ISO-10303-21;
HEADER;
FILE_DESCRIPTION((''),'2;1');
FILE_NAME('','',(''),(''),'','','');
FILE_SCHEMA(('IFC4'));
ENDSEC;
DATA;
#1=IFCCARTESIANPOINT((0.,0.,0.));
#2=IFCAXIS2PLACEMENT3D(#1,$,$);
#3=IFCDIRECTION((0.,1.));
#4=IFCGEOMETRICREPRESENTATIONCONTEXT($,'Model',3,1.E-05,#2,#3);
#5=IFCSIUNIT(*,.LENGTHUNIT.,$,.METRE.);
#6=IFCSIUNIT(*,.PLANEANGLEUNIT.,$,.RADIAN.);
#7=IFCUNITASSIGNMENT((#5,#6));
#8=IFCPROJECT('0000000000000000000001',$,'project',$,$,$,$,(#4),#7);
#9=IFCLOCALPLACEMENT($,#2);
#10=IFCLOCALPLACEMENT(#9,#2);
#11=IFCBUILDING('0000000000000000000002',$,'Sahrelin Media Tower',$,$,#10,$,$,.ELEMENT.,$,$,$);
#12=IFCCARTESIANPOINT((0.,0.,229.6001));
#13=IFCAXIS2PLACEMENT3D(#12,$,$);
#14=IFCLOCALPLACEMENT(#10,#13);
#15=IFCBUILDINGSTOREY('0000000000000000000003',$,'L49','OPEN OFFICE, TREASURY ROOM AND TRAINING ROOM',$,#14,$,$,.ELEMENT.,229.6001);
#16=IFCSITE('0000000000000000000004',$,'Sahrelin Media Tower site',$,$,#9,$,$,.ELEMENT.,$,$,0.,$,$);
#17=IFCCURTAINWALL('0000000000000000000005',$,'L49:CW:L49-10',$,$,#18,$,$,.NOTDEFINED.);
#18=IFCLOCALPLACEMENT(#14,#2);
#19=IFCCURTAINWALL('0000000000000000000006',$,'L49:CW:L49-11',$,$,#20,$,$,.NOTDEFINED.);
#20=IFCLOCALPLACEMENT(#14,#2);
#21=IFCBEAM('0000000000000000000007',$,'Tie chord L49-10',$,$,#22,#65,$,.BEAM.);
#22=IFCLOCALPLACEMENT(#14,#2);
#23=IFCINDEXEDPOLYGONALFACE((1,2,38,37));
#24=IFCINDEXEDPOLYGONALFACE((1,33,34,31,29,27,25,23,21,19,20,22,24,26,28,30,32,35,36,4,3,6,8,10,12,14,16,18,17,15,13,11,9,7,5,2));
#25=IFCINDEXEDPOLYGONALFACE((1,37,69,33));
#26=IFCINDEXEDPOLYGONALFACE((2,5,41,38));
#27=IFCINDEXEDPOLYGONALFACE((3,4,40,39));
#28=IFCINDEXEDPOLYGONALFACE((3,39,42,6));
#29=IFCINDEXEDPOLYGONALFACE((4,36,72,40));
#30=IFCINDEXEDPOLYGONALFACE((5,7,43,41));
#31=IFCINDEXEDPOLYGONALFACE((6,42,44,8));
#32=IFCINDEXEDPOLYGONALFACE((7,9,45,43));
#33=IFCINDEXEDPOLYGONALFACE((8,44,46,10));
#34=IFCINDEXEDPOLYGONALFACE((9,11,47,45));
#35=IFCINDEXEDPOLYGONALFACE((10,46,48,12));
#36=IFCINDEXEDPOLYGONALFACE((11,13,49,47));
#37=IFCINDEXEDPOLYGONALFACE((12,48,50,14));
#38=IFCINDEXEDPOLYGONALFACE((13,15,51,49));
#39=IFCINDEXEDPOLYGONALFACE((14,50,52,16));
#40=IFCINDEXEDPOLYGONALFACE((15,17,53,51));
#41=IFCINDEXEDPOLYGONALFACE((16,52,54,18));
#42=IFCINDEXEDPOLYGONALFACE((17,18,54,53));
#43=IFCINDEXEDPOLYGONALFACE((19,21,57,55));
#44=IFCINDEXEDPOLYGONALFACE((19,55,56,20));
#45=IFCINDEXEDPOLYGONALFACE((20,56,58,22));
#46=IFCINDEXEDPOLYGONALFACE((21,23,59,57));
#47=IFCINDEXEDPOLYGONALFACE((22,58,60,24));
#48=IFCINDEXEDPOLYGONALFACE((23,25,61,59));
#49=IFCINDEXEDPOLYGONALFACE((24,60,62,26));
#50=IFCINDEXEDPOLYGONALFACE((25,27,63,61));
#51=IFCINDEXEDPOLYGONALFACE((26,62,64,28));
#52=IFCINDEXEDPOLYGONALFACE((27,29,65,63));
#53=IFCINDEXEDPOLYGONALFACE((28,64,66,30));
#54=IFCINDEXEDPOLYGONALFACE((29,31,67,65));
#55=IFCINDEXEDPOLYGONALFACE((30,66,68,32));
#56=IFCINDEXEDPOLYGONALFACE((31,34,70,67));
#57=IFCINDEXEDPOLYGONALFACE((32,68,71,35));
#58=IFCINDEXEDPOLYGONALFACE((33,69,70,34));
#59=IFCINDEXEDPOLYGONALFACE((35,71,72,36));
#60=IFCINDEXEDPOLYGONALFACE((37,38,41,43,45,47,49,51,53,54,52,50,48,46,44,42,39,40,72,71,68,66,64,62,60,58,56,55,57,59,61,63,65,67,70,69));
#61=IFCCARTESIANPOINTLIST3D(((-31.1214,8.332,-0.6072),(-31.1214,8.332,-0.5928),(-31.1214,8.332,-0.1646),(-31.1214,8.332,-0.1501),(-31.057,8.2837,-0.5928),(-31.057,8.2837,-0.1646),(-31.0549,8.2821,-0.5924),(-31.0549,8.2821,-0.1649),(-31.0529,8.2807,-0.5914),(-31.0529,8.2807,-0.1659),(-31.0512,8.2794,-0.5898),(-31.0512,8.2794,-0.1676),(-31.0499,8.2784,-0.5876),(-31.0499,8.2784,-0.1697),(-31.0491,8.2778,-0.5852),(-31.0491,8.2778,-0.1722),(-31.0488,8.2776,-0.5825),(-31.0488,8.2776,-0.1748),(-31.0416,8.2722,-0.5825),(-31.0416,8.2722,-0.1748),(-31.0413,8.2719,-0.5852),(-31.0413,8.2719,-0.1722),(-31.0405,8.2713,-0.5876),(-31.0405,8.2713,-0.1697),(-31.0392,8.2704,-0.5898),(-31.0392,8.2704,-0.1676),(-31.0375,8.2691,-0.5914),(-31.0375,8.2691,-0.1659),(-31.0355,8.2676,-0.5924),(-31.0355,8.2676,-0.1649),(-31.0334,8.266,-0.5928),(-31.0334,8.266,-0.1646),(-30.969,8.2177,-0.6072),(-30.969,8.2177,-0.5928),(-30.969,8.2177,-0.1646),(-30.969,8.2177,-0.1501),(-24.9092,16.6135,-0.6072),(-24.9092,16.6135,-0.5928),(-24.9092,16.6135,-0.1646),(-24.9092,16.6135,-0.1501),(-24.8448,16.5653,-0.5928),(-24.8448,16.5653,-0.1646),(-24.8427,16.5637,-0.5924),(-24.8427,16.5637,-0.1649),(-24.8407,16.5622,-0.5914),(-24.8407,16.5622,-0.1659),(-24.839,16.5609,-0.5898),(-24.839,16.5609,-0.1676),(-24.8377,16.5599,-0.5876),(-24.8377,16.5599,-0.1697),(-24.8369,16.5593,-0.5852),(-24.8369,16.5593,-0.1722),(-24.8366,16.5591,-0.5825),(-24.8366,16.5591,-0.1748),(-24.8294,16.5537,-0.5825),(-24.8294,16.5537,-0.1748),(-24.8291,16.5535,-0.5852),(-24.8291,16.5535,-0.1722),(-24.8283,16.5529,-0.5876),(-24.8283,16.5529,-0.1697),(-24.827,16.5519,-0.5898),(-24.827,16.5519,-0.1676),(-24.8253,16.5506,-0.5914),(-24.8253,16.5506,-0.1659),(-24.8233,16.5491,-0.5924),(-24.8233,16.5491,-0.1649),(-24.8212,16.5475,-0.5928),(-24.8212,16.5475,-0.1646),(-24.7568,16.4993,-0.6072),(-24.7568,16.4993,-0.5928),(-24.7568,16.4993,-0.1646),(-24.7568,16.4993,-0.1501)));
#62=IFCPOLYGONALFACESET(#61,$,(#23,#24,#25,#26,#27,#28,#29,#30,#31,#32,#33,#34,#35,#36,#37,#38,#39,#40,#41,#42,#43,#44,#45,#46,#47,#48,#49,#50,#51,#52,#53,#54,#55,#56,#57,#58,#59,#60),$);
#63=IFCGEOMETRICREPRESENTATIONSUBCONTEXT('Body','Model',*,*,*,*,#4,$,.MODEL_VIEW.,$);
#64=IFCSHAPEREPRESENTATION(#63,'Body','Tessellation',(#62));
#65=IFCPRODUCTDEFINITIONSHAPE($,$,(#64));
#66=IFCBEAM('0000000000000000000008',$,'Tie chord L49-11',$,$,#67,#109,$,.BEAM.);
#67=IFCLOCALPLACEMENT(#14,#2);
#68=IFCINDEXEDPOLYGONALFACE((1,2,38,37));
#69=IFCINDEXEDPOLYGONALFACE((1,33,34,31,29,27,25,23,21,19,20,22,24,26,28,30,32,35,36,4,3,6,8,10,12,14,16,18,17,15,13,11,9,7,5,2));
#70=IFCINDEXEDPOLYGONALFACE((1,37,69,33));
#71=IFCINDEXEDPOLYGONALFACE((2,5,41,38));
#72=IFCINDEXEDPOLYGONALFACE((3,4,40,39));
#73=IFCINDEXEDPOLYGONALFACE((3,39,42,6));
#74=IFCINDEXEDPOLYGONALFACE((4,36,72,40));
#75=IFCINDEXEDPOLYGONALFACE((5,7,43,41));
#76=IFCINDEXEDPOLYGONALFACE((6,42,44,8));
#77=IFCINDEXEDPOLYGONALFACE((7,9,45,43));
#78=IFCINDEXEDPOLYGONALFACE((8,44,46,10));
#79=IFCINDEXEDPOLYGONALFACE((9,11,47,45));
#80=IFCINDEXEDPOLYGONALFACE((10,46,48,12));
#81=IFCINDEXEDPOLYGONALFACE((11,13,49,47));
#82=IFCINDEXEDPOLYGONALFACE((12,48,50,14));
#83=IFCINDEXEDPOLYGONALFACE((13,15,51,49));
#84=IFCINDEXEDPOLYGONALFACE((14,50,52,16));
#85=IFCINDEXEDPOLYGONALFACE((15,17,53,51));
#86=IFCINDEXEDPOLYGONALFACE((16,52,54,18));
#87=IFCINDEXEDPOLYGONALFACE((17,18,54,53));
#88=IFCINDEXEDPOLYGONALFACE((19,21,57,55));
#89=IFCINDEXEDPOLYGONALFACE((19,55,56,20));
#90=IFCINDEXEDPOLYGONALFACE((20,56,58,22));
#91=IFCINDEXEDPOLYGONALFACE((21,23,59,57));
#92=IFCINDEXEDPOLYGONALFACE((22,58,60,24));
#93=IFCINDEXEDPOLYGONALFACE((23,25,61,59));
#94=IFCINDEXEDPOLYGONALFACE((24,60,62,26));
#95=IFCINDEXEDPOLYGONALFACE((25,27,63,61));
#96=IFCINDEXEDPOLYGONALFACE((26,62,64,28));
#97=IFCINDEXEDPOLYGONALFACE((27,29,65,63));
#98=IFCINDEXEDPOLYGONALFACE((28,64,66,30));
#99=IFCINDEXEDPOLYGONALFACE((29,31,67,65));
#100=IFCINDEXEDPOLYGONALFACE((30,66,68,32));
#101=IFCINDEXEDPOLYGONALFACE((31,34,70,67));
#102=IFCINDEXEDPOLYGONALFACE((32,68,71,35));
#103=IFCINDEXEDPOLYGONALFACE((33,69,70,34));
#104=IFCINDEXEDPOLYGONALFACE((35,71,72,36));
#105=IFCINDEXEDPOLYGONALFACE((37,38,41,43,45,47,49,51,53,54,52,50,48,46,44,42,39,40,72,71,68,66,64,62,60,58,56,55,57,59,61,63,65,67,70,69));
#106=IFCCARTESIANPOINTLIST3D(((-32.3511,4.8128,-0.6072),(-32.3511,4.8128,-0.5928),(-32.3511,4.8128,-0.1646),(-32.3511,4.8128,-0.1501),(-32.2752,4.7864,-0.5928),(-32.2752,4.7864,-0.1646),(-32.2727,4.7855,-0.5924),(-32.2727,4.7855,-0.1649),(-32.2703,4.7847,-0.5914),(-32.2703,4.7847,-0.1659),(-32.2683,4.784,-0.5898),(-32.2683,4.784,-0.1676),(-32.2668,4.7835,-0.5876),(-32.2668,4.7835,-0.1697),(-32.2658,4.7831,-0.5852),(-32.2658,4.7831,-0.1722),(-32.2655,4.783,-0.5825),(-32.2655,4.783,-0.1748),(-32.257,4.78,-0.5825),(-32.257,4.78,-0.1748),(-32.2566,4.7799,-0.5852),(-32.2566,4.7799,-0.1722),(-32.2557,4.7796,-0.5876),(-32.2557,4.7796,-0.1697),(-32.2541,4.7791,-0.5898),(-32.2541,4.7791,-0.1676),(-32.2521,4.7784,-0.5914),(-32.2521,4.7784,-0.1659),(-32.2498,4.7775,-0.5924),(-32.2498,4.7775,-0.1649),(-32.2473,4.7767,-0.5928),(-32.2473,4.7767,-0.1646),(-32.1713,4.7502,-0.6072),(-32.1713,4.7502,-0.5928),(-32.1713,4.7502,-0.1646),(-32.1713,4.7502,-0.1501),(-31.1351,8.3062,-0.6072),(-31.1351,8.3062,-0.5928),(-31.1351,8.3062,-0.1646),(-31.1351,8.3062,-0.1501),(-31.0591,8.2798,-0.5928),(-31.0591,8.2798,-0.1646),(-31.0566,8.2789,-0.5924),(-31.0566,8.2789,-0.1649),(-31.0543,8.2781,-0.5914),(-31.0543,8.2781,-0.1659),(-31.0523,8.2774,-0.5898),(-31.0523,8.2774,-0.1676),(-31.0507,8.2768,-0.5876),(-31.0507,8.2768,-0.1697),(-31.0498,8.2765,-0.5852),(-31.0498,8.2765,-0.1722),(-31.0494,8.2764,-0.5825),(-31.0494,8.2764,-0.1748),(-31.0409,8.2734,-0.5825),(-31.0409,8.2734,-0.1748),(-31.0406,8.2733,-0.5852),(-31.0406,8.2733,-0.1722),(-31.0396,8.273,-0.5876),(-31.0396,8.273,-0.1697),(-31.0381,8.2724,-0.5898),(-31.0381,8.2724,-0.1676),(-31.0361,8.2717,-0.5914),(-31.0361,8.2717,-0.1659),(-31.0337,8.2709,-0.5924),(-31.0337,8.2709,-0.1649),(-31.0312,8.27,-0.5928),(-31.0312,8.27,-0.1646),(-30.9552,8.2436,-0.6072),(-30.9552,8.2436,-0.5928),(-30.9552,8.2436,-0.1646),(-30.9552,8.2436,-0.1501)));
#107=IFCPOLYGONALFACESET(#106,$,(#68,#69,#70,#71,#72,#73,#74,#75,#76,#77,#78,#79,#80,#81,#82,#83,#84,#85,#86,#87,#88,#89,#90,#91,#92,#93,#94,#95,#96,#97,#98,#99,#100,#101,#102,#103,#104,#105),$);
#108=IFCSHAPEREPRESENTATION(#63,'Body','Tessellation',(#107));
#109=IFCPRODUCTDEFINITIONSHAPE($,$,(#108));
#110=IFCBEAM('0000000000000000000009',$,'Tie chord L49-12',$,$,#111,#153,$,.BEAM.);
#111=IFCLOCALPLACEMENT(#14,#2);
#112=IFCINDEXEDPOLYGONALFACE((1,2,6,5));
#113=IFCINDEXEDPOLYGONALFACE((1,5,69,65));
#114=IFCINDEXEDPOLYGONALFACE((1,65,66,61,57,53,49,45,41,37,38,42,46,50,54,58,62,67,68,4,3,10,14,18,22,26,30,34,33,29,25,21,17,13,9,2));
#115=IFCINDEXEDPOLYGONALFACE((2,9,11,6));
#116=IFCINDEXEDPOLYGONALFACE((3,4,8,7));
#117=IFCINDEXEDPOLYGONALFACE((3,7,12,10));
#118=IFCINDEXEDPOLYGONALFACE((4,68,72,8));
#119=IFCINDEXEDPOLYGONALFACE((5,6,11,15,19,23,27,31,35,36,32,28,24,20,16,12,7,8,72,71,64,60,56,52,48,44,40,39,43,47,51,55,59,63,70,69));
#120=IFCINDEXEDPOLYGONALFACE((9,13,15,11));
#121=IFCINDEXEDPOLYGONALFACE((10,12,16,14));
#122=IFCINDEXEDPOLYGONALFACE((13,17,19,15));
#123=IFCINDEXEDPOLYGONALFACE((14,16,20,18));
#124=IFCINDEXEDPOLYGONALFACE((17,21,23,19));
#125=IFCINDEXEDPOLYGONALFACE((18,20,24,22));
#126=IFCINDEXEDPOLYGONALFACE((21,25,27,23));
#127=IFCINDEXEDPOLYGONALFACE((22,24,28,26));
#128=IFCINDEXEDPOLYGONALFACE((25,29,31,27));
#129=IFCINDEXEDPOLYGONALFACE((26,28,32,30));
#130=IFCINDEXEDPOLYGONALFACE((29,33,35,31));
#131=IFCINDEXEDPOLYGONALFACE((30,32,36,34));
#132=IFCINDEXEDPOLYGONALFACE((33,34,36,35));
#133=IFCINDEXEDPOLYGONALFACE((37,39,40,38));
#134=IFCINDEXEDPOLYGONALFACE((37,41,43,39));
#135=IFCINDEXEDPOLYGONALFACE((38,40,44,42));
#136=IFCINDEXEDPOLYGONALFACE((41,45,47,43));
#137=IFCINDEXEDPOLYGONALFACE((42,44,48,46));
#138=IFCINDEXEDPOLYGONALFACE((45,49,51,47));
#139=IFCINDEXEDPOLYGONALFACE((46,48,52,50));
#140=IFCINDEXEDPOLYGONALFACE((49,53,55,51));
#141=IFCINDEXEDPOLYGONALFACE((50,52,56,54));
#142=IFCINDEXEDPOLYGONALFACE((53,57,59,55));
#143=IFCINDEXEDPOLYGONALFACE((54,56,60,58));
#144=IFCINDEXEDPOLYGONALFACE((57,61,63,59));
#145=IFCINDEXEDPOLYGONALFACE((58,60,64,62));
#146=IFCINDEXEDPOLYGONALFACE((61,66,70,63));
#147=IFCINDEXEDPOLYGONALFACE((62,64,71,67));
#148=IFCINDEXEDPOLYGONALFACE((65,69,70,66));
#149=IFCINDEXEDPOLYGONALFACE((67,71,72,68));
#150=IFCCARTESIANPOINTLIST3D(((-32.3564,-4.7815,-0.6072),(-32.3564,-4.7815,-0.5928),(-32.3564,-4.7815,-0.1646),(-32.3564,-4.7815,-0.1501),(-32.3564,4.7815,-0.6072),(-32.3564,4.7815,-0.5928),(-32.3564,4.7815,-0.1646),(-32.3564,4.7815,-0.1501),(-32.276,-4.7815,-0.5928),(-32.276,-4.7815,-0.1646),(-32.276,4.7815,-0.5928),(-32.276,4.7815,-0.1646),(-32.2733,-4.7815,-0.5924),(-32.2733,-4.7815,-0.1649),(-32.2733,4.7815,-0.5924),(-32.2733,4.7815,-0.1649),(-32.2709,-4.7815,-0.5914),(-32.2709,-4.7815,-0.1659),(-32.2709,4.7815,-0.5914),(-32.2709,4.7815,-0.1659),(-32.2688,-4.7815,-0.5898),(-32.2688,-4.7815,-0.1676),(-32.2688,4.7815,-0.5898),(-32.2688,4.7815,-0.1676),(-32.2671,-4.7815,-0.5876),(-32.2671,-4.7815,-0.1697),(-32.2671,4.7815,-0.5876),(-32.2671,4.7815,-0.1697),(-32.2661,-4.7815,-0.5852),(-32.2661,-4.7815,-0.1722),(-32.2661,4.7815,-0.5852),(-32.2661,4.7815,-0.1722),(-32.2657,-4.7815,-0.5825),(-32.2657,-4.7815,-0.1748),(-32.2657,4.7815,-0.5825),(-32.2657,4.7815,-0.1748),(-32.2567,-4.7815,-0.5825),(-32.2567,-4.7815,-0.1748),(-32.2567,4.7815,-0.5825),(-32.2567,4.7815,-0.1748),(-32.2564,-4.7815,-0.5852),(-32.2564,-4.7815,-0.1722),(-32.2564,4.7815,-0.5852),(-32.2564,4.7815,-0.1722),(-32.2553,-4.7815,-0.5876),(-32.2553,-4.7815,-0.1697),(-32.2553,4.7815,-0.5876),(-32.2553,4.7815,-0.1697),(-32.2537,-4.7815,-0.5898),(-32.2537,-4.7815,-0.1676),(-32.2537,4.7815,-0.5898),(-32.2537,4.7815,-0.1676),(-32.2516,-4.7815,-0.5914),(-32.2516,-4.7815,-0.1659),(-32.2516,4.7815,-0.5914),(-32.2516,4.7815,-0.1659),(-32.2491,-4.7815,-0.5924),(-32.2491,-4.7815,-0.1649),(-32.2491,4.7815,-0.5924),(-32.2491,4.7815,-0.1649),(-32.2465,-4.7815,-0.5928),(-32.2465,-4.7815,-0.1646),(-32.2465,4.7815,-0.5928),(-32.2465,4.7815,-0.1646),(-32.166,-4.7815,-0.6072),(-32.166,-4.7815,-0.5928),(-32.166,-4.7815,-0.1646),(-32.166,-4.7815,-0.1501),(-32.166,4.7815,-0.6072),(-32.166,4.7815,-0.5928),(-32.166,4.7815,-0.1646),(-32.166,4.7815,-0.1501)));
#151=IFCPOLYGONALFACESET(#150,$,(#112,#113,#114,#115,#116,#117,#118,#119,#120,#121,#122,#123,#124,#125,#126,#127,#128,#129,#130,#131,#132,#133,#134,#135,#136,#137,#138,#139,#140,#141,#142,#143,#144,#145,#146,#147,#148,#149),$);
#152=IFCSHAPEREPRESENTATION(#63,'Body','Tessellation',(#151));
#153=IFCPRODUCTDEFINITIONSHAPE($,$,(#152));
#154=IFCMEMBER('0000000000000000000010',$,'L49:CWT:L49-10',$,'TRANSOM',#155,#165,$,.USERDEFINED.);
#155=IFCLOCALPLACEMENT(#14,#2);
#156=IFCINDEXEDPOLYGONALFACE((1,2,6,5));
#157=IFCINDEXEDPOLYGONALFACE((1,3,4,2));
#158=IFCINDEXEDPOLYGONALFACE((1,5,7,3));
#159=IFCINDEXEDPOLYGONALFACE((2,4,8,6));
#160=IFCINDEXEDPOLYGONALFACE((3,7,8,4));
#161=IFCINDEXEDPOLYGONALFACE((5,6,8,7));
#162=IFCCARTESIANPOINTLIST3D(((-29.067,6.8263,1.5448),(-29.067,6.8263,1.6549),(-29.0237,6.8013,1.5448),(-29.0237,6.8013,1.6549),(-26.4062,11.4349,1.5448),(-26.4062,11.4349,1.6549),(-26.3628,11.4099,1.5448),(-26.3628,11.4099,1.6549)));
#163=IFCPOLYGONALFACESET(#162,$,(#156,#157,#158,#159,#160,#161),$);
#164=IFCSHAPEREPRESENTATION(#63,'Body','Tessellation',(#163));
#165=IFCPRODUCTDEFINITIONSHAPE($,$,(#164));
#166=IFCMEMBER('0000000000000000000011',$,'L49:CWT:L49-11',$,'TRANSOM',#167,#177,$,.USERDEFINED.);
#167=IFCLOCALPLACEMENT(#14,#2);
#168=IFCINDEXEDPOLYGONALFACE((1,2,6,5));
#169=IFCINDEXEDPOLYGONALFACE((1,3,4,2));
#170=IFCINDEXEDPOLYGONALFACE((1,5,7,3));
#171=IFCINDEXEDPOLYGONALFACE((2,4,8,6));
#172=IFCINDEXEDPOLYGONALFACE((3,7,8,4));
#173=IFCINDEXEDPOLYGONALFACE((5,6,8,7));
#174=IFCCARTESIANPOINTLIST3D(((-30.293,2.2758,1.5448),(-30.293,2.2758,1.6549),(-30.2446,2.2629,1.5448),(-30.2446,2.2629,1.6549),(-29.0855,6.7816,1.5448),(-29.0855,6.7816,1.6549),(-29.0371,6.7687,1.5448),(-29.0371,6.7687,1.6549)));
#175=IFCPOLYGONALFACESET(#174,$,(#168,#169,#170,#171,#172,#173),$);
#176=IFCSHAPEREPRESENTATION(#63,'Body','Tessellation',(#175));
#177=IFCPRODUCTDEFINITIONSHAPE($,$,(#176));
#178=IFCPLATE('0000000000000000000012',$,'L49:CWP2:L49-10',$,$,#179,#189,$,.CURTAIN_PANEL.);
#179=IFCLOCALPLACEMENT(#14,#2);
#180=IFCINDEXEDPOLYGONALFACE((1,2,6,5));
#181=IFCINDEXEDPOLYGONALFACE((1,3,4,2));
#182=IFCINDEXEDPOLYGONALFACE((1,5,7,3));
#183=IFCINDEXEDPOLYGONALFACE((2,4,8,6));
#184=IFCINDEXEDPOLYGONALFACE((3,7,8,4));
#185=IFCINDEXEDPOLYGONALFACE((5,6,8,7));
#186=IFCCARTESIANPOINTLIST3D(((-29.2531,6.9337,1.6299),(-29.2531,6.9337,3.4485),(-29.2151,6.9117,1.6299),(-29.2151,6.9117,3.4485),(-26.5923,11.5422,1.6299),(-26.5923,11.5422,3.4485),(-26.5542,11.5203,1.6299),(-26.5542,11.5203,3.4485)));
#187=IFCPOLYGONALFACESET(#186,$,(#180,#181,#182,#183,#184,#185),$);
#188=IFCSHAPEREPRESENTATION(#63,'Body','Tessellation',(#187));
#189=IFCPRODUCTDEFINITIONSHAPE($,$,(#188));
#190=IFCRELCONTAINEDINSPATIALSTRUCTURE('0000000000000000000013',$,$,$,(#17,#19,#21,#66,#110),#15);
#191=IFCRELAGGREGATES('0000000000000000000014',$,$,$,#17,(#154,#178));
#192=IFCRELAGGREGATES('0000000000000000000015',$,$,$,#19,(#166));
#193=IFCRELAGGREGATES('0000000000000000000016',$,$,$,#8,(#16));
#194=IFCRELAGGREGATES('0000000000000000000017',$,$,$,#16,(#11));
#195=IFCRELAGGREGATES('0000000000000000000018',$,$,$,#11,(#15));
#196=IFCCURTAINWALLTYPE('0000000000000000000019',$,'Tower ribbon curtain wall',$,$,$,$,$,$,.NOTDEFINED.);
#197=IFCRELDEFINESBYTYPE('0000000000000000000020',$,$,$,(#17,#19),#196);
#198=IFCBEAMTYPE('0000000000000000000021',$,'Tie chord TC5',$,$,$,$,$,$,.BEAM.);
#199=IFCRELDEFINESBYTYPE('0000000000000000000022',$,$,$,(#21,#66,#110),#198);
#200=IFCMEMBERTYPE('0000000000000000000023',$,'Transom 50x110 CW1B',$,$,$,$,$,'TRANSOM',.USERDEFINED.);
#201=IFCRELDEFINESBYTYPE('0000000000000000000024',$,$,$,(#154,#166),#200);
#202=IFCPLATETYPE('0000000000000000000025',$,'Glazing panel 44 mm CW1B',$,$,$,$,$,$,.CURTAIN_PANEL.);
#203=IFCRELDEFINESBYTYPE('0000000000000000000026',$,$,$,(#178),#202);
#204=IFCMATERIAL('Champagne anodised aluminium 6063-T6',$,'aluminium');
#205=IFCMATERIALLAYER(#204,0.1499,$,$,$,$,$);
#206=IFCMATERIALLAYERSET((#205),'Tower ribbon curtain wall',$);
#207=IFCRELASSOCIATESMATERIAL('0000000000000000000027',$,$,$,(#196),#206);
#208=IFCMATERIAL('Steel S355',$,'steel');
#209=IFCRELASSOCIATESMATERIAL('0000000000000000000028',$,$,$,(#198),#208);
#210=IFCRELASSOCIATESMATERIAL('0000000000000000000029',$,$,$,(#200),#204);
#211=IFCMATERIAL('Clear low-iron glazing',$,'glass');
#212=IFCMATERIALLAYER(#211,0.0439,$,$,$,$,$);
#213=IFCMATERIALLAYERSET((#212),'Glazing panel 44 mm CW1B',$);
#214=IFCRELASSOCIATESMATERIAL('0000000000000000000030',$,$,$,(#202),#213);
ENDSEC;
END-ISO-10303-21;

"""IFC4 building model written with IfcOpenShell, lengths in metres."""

from ifc_helpers import new_model, si_unit, direction, frame, origin, origin_2d, place, context, subcontext, project, spatial, polyline, rectangle, i_section, outline, extrude, material, layer, layer_set, material_profile, profile_set, type_object, element, aggregate, save


model = new_model("IFC4")

# Units and contexts
model_context = context("Model", 3, precision=1e-05, world=origin(), true_north=direction((0.0, 1.0)))
body_context = subcontext(model_context, "Body", "Model", "MODEL_VIEW")
ifc_project = project(units=[si_unit("LENGTHUNIT", "METRE"), si_unit("PLANEANGLEUNIT", "RADIAN")], contexts=[model_context])

# Site, building, storey
site_placement = place(None, origin())
site = spatial("IfcSite", under=ifc_project, at=site_placement, Name="Sahrelin Media Tower site", CompositionType="ELEMENT", RefElevation=0.0)
building_placement = place(site_placement, origin())
building = spatial("IfcBuilding", under=site, at=building_placement, Name="Sahrelin Media Tower", CompositionType="ELEMENT")
storey_placement = place(building_placement, frame((0.0, 0.0, 229.6001)))
storey = spatial("IfcBuildingStorey", under=building, at=storey_placement, Name="L49", Description="OPEN OFFICE, TREASURY ROOM AND TRAINING ROOM", CompositionType="ELEMENT", Elevation=229.6001)

# Shared definitions
ifc_material_1 = material(Name="Steel S355", Category="steel")

# Curtain walls
ifc_material_2 = material(Name="Champagne anodised aluminium 6063-T6", Category="aluminium")
ifc_layer_1 = layer(ifc_material_2, 0.1499)
ifc_layer_set_1 = layer_set([ifc_layer_1], Name="Tower ribbon curtain wall")
curtain_wall_type = type_object("IfcCurtainWallType", Name="Tower ribbon curtain wall", PredefinedType="NOTDEFINED", material=ifc_layer_set_1)
curtain_wall_1_placement = place(storey_placement, frame((-27.9055, 9.2278, 0.0), z_axis=(0.0, 0.0, 1.0), x_axis=(1.0, 0.0, 0.0)))
curtain_wall_1 = element("IfcCurtainWall", 1, at=curtain_wall_1_placement, inside=storey, type_object=curtain_wall_type, Name="L49:CW:L49-10", PredefinedType="NOTDEFINED")
curtain_wall_2_placement = place(storey_placement, frame((-29.8774, 4.5791, 0.0), z_axis=(0.0, 0.0, 1.0), x_axis=(1.0, 0.0, 0.0)))
curtain_wall_2 = element("IfcCurtainWall", 2, at=curtain_wall_2_placement, inside=storey, type_object=curtain_wall_type, Name="L49:CW:L49-11", PredefinedType="NOTDEFINED")

# Beams
ifc_material_profile_1 = material_profile(ifc_material_1, i_section(OverallWidth=0.1904, OverallDepth=0.457, WebThickness=0.009, FlangeThickness=0.0144, FilletRadius=0.0103, at=origin_2d()), Name="UB 457x191x74")
ifc_profile_set_1 = profile_set([ifc_material_profile_1], Name="Steel S355")
beam_type_1 = type_object("IfcBeamType", Name="Tie chord TC5", PredefinedType="BEAM", material=ifc_profile_set_1)
beam_1_placement = place(storey_placement, frame((-24.833, 16.5564, -0.3787), z_axis=(-0.600064, -0.799952, 0.0), x_axis=(0.799952, -0.600064, 0.0)))
element("IfcBeam", 3, at=beam_1_placement, inside=storey, type_object=beam_type_1, Name="Tie chord L49-10", PredefinedType="BEAM", context=body_context, shape_type="SweptSolid", body=[
    extrude(i_section(OverallWidth=0.1904, OverallDepth=0.457, WebThickness=0.009, FlangeThickness=0.0144, FilletRadius=0.0103, at=origin_2d()), origin(), (0.0, 0.0, 1.0), 10.3525),
])
beam_2_placement = place(storey_placement, frame((-31.0452, 8.2749, -0.3787), z_axis=(-0.328754, -0.944416, 0.0), x_axis=(0.944416, -0.328754, 0.0)))
element("IfcBeam", 4, at=beam_2_placement, inside=storey, type_object=beam_type_1, Name="Tie chord L49-11", PredefinedType="BEAM", context=body_context, shape_type="SweptSolid", body=[
    extrude(i_section(OverallWidth=0.1904, OverallDepth=0.457, WebThickness=0.009, FlangeThickness=0.0144, FilletRadius=0.0103, at=origin_2d()), origin(), (0.0, 0.0, 1.0), 3.699),
])
beam_3_placement = place(storey_placement, frame((-32.2612, 4.7815, -0.3787), z_axis=(0.0, -1.0, 0.0), x_axis=(1.0, 0.0, 0.0)))
element("IfcBeam", 5, at=beam_3_placement, inside=storey, type_object=beam_type_1, Name="Tie chord L49-12", PredefinedType="BEAM", context=body_context, shape_type="SweptSolid", body=[
    extrude(i_section(OverallWidth=0.1904, OverallDepth=0.457, WebThickness=0.009, FlangeThickness=0.0144, FilletRadius=0.0103, at=origin_2d()), origin(), (0.0, 0.0, 1.0), 9.563),
])

# Members
ifc_material_profile_2 = material_profile(ifc_material_2, rectangle(XDim=0.05, YDim=0.1101, at=origin_2d()), Name="Transom 50x110")
ifc_profile_set_2 = profile_set([ifc_material_profile_2], Name="Champagne anodised aluminium 6063-T6")
member_type_1 = type_object("IfcMemberType", Name="Transom 50x110 CW1B", ElementType="TRANSOM", PredefinedType="USERDEFINED", material=ifc_profile_set_2)
member_1_placement = place(storey_placement, frame((-26.3845, 11.4224, 1.5999), z_axis=(-0.500012, -0.866018, 0.0), x_axis=(0.866018, -0.500012, 0.0)))
member_1 = element("IfcMember", 6, at=member_1_placement, type_object=member_type_1, Name="L49:CWT:L49-10", ObjectType="TRANSOM", PredefinedType="USERDEFINED", context=body_context, shape_type="SweptSolid", body=[
    extrude(rectangle(XDim=0.05, YDim=0.1101, at=origin_2d()), origin(), (0.0, 0.0, 1.0), 5.3215),
])
member_2_placement = place(storey_placement, frame((-29.0613, 6.7751, 1.5999), z_axis=(-0.258855, -0.965916, 0.0), x_axis=(0.965916, -0.258855, 0.0)))
member_2 = element("IfcMember", 7, at=member_2_placement, type_object=member_type_1, Name="L49:CWT:L49-11", ObjectType="TRANSOM", PredefinedType="USERDEFINED", context=body_context, shape_type="SweptSolid", body=[
    extrude(rectangle(XDim=0.05, YDim=0.1101, at=origin_2d()), origin(), (0.0, 0.0, 1.0), 4.6648),
])

# Plate
ifc_material_3 = material(Name="Clear low-iron glazing", Category="glass")
ifc_layer_2 = layer(ifc_material_3, 0.0439)
ifc_layer_set_2 = layer_set([ifc_layer_2], Name="Glazing panel 44 mm CW1B")
plate_type_1 = type_object("IfcPlateType", Name="Glazing panel 44 mm CW1B", PredefinedType="CURTAIN_PANEL", material=ifc_layer_set_2)
plate_1_placement = place(storey_placement, frame((-26.5923, 11.5422, 1.6299), z_axis=(-0.866018, 0.500012, 0.0), x_axis=(-0.500012, -0.866018, 0.0)))
plate_1 = element("IfcPlate", 8, at=plate_1_placement, type_object=plate_type_1, Name="L49:CWP2:L49-10", PredefinedType="CURTAIN_PANEL", context=body_context, shape_type="SweptSolid", body=[
    extrude(outline(polyline([(0.0, 0.0), (5.3215, 0.0), (5.3215, 1.8186), (0.0, 1.8186), (0.0, 0.0)])), origin(), (0.0, 0.0, -1.0), 0.0439),
])
aggregate(curtain_wall_1, [member_1, plate_1])
aggregate(curtain_wall_2, [member_2])

save(model, "model.ifc")
